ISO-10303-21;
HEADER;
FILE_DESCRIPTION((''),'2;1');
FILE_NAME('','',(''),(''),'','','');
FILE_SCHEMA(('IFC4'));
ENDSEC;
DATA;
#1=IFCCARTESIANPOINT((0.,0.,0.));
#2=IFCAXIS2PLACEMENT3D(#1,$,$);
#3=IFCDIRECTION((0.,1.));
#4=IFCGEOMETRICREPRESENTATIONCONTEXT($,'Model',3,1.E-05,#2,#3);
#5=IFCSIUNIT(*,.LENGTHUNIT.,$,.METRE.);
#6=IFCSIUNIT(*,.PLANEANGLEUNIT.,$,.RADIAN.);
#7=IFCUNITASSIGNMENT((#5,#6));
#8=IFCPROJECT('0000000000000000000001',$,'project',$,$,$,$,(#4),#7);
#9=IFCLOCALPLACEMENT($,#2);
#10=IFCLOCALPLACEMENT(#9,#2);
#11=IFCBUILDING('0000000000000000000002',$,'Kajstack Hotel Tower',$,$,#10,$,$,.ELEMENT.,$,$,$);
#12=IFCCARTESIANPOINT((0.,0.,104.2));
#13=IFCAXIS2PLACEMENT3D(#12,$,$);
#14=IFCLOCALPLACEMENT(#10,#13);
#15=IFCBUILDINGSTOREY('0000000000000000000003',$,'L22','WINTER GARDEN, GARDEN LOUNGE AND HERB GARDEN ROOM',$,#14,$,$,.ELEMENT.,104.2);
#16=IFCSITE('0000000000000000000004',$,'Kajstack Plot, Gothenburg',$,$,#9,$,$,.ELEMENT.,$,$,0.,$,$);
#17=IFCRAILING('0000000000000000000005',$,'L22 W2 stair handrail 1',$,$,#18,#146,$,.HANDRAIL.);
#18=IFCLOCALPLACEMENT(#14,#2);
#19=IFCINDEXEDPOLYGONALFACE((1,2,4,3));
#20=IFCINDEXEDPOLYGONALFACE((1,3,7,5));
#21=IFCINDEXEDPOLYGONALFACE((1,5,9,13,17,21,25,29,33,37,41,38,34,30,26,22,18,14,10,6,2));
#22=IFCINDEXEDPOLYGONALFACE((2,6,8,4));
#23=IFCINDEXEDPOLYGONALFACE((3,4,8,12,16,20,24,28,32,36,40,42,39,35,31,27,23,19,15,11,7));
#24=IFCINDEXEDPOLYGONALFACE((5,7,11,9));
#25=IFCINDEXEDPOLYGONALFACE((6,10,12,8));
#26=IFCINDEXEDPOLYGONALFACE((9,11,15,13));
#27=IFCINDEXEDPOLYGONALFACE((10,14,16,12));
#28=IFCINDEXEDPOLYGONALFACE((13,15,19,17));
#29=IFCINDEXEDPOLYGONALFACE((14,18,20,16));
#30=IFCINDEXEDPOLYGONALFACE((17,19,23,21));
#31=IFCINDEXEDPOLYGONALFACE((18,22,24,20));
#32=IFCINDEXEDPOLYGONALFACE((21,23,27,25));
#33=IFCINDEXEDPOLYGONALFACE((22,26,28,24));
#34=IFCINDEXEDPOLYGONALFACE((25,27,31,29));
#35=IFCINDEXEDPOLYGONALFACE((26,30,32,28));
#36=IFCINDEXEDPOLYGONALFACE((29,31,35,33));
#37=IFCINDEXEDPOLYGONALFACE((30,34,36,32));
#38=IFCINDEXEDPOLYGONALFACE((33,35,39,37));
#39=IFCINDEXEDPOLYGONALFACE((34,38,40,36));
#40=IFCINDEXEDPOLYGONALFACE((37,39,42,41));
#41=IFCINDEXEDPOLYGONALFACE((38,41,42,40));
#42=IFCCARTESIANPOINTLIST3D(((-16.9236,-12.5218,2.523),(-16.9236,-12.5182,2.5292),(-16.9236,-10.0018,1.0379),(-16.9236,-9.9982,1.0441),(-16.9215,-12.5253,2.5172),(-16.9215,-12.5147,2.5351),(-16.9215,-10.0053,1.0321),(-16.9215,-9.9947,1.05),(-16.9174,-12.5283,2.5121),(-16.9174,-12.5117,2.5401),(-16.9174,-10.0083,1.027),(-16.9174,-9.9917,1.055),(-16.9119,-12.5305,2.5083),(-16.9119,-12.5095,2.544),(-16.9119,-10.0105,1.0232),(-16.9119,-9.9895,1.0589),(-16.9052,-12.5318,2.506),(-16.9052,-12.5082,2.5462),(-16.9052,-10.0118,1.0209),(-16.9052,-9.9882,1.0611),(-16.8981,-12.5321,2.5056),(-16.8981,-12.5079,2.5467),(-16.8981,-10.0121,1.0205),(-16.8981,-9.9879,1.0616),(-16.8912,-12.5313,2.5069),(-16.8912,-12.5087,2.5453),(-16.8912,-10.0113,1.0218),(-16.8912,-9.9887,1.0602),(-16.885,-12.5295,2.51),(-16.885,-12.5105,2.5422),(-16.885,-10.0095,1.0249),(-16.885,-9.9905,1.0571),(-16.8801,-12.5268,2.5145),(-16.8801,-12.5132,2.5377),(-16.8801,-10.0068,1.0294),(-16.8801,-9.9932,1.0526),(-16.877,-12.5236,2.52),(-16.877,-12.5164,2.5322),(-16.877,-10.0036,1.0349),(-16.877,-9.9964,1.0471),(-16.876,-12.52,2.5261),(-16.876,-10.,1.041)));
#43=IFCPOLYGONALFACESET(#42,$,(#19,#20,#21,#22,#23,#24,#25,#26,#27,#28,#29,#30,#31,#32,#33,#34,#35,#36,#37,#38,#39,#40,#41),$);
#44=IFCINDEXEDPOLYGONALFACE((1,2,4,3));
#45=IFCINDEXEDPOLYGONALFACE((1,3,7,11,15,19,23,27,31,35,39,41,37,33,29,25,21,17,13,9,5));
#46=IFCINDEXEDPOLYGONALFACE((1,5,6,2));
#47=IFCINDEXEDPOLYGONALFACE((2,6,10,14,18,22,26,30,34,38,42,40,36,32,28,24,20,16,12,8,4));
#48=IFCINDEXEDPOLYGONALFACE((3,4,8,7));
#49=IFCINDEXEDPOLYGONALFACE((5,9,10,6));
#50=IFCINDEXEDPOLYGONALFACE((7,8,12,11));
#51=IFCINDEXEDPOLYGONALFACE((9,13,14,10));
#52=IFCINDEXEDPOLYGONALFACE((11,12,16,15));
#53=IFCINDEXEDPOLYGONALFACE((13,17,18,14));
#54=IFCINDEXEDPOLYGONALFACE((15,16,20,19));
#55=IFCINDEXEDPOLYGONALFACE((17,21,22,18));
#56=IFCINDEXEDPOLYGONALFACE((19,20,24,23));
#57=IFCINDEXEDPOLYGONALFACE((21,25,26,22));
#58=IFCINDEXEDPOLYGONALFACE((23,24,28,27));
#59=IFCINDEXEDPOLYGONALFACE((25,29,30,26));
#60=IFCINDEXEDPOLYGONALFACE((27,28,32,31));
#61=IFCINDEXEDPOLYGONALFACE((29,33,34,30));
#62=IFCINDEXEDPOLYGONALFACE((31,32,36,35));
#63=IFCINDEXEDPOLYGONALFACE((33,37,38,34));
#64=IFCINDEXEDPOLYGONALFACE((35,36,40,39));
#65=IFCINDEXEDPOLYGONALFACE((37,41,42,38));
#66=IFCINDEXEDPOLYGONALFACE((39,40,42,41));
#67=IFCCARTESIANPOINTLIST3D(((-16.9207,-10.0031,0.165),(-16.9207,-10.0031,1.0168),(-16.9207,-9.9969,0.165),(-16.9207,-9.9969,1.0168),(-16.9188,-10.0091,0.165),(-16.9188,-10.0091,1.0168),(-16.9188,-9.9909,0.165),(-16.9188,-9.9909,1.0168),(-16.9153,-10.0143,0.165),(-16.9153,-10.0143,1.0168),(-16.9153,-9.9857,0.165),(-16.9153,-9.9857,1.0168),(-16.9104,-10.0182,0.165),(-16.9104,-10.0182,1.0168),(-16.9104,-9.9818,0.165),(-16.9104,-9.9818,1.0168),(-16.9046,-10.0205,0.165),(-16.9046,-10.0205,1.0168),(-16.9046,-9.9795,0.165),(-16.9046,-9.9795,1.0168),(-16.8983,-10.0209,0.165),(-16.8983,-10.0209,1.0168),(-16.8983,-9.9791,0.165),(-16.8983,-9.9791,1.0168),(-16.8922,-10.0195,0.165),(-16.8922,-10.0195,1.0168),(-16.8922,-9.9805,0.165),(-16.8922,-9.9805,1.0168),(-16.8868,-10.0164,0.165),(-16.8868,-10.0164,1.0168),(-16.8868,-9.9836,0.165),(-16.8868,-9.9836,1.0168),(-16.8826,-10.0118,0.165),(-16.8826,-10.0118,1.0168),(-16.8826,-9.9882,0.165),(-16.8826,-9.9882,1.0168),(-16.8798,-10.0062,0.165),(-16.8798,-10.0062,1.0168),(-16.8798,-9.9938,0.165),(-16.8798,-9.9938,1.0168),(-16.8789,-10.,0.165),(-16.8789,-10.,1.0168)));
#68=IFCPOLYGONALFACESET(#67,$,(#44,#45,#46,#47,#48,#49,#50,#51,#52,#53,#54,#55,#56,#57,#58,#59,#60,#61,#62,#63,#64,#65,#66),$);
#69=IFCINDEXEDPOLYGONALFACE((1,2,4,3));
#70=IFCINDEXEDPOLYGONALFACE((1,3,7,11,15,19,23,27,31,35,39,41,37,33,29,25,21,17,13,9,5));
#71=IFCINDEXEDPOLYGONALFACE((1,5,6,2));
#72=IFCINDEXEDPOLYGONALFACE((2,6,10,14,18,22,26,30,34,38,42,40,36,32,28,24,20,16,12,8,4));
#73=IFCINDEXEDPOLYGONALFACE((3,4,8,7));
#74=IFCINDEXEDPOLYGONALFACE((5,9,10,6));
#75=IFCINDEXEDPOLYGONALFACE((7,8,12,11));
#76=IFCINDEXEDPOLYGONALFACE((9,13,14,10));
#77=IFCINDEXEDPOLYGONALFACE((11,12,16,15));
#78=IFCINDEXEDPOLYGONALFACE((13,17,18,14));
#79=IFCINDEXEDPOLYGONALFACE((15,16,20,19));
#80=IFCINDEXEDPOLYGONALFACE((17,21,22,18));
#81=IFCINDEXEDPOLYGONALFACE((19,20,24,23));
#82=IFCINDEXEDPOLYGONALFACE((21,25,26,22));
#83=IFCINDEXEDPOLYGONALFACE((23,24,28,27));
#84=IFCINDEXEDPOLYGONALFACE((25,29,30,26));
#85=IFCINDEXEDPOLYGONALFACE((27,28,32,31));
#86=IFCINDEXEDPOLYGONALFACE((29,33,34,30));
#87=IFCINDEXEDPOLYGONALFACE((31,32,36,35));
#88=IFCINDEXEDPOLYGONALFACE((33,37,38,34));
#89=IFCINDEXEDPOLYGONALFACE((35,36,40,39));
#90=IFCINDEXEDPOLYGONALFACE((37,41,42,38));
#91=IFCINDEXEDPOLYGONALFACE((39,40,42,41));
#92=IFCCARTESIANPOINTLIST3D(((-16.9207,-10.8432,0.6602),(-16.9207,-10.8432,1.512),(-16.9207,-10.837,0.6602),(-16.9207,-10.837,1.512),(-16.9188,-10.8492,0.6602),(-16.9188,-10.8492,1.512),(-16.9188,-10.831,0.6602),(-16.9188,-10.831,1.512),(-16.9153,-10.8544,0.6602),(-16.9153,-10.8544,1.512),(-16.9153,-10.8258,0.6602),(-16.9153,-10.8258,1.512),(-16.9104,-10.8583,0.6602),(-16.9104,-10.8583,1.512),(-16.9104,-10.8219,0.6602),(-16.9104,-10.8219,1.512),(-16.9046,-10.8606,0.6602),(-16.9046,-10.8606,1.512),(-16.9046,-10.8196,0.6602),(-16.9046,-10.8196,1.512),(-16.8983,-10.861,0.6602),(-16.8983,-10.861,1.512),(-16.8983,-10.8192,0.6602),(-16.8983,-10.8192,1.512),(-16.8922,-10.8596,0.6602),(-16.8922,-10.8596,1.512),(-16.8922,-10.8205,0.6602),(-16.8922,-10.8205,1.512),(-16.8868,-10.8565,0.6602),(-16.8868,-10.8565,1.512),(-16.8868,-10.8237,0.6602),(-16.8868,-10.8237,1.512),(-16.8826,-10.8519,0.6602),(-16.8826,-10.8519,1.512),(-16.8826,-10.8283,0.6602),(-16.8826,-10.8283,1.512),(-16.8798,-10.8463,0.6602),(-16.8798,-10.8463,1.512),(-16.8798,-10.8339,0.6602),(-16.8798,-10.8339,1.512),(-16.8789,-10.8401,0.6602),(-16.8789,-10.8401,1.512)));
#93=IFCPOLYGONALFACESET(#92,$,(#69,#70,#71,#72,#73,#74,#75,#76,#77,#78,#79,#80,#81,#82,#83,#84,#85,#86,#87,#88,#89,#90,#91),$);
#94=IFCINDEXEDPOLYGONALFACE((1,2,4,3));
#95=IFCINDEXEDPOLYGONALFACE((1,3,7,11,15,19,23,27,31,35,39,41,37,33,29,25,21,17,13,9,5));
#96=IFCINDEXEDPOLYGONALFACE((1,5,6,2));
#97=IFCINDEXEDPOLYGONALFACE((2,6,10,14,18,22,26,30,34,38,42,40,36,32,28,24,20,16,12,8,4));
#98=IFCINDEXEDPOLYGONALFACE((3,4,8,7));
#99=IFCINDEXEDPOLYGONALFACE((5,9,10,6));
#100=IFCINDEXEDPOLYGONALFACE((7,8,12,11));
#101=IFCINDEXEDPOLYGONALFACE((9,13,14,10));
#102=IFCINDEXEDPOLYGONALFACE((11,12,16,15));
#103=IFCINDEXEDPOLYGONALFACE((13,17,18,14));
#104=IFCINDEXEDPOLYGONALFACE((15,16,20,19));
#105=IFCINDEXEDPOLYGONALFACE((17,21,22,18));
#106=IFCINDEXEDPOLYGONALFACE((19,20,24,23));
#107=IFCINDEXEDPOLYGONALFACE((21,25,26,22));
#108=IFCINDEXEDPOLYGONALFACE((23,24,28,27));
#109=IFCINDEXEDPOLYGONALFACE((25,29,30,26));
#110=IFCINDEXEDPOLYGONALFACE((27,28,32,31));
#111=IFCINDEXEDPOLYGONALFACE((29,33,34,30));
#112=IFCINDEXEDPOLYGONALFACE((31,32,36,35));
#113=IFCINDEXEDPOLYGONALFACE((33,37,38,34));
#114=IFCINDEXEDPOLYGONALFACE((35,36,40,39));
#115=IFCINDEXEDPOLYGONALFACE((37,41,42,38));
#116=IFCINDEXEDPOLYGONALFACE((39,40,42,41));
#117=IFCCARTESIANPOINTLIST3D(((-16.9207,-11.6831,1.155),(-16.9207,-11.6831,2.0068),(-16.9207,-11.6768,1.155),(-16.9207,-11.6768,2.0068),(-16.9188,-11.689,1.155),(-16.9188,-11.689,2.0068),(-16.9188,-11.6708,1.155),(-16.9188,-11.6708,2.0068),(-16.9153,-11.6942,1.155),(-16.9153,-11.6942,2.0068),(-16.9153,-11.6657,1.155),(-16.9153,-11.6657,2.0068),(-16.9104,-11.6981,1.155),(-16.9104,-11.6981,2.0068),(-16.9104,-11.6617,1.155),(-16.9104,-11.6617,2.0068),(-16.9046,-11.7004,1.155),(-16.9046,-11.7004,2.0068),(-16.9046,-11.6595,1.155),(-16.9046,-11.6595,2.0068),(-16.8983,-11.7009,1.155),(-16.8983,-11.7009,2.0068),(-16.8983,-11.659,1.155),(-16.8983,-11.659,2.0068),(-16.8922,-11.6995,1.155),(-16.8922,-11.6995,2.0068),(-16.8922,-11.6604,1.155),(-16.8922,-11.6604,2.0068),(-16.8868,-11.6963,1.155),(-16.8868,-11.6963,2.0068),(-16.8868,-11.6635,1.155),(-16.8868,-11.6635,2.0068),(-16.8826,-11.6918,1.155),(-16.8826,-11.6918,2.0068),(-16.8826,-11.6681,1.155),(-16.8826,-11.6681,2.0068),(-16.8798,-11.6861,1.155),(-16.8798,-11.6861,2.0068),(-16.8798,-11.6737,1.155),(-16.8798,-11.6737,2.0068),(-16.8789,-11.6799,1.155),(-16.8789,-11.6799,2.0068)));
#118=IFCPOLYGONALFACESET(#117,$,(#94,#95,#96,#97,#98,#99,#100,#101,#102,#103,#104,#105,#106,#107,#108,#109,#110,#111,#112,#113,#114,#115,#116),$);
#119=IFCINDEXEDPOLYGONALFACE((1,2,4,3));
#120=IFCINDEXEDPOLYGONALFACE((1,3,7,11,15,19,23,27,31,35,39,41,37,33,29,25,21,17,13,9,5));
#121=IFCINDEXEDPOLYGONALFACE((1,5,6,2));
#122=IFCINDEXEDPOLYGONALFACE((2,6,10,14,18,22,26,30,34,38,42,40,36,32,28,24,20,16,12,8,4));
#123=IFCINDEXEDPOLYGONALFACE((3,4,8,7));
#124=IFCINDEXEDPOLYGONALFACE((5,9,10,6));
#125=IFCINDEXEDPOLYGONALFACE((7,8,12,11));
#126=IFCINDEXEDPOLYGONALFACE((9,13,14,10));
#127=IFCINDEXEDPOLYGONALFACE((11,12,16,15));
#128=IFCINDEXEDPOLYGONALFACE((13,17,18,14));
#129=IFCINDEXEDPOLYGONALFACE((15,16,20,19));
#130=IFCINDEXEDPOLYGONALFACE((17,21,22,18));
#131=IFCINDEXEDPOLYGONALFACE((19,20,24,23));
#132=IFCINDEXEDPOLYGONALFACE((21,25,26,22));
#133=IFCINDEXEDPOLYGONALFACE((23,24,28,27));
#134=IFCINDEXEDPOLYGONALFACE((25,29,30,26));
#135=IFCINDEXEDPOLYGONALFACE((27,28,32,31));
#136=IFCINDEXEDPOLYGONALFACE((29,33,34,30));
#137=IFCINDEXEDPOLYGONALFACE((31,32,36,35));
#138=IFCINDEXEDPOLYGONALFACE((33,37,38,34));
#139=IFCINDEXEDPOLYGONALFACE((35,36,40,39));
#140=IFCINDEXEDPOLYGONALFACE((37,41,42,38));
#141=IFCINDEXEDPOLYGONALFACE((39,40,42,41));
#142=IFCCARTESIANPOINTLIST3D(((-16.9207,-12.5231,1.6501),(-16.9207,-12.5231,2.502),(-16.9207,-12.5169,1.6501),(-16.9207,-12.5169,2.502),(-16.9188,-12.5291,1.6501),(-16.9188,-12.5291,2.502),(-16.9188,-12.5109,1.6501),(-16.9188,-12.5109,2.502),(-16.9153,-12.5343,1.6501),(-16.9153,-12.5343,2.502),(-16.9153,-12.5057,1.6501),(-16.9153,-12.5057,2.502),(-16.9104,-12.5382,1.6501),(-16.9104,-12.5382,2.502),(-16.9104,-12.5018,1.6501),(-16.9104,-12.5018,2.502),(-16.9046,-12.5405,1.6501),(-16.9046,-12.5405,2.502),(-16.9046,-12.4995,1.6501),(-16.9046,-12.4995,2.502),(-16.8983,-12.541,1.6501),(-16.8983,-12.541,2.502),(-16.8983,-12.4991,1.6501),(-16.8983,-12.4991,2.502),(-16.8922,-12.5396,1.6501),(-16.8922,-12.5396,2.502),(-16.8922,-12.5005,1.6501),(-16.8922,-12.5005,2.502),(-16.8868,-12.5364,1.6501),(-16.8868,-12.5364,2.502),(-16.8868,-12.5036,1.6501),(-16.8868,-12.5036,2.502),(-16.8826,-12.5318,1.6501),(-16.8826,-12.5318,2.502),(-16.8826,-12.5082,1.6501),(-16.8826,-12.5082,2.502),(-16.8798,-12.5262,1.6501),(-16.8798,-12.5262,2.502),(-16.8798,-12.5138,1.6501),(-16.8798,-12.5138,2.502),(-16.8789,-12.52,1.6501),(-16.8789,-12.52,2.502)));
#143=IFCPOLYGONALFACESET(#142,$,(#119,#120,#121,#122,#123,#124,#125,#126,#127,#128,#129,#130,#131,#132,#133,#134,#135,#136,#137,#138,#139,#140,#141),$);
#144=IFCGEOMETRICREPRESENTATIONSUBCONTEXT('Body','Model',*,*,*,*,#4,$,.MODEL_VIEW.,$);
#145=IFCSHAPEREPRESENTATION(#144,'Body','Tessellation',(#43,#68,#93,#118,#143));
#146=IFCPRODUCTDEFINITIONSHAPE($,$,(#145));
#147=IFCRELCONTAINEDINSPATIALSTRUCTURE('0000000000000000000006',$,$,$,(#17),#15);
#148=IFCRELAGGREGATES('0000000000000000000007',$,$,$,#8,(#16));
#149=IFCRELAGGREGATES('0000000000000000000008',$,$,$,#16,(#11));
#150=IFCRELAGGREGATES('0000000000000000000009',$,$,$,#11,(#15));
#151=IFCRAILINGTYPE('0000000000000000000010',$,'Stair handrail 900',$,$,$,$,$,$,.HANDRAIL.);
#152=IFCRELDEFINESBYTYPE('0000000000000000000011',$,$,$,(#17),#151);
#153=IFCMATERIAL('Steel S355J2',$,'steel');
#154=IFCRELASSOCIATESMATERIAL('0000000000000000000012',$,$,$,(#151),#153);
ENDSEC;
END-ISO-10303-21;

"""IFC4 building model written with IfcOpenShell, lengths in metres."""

from ifc_helpers import new_model, si_unit, direction, frame, origin, origin_2d, place, context, subcontext, project, spatial, circle, extrude, material, type_object, element, save


model = new_model("IFC4")

# Units and contexts
model_context = context("Model", 3, precision=1e-05, world=origin(), true_north=direction((0.0, 1.0)))
body_context = subcontext(model_context, "Body", "Model", "MODEL_VIEW")
ifc_project = project(units=[si_unit("LENGTHUNIT", "METRE"), si_unit("PLANEANGLEUNIT", "RADIAN")], contexts=[model_context])

# Site, building, storey
site_placement = place(None, origin())
site = spatial("IfcSite", under=ifc_project, at=site_placement, Name="Kajstack Plot, Gothenburg", CompositionType="ELEMENT", RefElevation=0.0)
building_placement = place(site_placement, origin())
building = spatial("IfcBuilding", under=site, at=building_placement, Name="Kajstack Hotel Tower", CompositionType="ELEMENT")
storey_placement = place(building_placement, frame((0.0, 0.0, 104.2)))
storey = spatial("IfcBuildingStorey", under=building, at=storey_placement, Name="L22", Description="WINTER GARDEN, GARDEN LOUNGE AND HERB GARDEN ROOM", CompositionType="ELEMENT", Elevation=104.2)

# Railing
ifc_material_1 = material(Name="Steel S355J2", Category="steel")
railing_type_1 = type_object("IfcRailingType", Name="Stair handrail 900", PredefinedType="HANDRAIL", material=ifc_material_1)
railing_1_placement = place(storey_placement, frame((-16.8999, -10.0, 0.165)))
element("IfcRailing", 1, at=railing_1_placement, inside=storey, type_object=railing_type_1, Name="L22 W2 stair handrail 1", PredefinedType="HANDRAIL", context=body_context, shape_type="SweptSolid", body=[
    extrude(circle(Radius=0.0239, at=origin_2d()), frame((0.0, 0.0, 0.876), z_axis=(0.0, -0.861524, 0.507717), x_axis=(1.0, 0.0, 0.0)), (0.0, 0.0, 1.0), 2.925),
    extrude(circle(Radius=0.021, at=origin_2d()), origin(), (0.0, 0.0, 1.0), 0.8518),
    extrude(circle(Radius=0.021, at=origin_2d()), frame((0.0, -0.8401, 0.4951)), (0.0, 0.0, 1.0), 0.8518),
    extrude(circle(Radius=0.021, at=origin_2d()), frame((0.0, -1.6799, 0.99)), (0.0, 0.0, 1.0), 0.8518),
    extrude(circle(Radius=0.021, at=origin_2d()), frame((0.0, -2.52, 1.4851)), (0.0, 0.0, 1.0), 0.8518),
])

save(model, "model.ifc")
